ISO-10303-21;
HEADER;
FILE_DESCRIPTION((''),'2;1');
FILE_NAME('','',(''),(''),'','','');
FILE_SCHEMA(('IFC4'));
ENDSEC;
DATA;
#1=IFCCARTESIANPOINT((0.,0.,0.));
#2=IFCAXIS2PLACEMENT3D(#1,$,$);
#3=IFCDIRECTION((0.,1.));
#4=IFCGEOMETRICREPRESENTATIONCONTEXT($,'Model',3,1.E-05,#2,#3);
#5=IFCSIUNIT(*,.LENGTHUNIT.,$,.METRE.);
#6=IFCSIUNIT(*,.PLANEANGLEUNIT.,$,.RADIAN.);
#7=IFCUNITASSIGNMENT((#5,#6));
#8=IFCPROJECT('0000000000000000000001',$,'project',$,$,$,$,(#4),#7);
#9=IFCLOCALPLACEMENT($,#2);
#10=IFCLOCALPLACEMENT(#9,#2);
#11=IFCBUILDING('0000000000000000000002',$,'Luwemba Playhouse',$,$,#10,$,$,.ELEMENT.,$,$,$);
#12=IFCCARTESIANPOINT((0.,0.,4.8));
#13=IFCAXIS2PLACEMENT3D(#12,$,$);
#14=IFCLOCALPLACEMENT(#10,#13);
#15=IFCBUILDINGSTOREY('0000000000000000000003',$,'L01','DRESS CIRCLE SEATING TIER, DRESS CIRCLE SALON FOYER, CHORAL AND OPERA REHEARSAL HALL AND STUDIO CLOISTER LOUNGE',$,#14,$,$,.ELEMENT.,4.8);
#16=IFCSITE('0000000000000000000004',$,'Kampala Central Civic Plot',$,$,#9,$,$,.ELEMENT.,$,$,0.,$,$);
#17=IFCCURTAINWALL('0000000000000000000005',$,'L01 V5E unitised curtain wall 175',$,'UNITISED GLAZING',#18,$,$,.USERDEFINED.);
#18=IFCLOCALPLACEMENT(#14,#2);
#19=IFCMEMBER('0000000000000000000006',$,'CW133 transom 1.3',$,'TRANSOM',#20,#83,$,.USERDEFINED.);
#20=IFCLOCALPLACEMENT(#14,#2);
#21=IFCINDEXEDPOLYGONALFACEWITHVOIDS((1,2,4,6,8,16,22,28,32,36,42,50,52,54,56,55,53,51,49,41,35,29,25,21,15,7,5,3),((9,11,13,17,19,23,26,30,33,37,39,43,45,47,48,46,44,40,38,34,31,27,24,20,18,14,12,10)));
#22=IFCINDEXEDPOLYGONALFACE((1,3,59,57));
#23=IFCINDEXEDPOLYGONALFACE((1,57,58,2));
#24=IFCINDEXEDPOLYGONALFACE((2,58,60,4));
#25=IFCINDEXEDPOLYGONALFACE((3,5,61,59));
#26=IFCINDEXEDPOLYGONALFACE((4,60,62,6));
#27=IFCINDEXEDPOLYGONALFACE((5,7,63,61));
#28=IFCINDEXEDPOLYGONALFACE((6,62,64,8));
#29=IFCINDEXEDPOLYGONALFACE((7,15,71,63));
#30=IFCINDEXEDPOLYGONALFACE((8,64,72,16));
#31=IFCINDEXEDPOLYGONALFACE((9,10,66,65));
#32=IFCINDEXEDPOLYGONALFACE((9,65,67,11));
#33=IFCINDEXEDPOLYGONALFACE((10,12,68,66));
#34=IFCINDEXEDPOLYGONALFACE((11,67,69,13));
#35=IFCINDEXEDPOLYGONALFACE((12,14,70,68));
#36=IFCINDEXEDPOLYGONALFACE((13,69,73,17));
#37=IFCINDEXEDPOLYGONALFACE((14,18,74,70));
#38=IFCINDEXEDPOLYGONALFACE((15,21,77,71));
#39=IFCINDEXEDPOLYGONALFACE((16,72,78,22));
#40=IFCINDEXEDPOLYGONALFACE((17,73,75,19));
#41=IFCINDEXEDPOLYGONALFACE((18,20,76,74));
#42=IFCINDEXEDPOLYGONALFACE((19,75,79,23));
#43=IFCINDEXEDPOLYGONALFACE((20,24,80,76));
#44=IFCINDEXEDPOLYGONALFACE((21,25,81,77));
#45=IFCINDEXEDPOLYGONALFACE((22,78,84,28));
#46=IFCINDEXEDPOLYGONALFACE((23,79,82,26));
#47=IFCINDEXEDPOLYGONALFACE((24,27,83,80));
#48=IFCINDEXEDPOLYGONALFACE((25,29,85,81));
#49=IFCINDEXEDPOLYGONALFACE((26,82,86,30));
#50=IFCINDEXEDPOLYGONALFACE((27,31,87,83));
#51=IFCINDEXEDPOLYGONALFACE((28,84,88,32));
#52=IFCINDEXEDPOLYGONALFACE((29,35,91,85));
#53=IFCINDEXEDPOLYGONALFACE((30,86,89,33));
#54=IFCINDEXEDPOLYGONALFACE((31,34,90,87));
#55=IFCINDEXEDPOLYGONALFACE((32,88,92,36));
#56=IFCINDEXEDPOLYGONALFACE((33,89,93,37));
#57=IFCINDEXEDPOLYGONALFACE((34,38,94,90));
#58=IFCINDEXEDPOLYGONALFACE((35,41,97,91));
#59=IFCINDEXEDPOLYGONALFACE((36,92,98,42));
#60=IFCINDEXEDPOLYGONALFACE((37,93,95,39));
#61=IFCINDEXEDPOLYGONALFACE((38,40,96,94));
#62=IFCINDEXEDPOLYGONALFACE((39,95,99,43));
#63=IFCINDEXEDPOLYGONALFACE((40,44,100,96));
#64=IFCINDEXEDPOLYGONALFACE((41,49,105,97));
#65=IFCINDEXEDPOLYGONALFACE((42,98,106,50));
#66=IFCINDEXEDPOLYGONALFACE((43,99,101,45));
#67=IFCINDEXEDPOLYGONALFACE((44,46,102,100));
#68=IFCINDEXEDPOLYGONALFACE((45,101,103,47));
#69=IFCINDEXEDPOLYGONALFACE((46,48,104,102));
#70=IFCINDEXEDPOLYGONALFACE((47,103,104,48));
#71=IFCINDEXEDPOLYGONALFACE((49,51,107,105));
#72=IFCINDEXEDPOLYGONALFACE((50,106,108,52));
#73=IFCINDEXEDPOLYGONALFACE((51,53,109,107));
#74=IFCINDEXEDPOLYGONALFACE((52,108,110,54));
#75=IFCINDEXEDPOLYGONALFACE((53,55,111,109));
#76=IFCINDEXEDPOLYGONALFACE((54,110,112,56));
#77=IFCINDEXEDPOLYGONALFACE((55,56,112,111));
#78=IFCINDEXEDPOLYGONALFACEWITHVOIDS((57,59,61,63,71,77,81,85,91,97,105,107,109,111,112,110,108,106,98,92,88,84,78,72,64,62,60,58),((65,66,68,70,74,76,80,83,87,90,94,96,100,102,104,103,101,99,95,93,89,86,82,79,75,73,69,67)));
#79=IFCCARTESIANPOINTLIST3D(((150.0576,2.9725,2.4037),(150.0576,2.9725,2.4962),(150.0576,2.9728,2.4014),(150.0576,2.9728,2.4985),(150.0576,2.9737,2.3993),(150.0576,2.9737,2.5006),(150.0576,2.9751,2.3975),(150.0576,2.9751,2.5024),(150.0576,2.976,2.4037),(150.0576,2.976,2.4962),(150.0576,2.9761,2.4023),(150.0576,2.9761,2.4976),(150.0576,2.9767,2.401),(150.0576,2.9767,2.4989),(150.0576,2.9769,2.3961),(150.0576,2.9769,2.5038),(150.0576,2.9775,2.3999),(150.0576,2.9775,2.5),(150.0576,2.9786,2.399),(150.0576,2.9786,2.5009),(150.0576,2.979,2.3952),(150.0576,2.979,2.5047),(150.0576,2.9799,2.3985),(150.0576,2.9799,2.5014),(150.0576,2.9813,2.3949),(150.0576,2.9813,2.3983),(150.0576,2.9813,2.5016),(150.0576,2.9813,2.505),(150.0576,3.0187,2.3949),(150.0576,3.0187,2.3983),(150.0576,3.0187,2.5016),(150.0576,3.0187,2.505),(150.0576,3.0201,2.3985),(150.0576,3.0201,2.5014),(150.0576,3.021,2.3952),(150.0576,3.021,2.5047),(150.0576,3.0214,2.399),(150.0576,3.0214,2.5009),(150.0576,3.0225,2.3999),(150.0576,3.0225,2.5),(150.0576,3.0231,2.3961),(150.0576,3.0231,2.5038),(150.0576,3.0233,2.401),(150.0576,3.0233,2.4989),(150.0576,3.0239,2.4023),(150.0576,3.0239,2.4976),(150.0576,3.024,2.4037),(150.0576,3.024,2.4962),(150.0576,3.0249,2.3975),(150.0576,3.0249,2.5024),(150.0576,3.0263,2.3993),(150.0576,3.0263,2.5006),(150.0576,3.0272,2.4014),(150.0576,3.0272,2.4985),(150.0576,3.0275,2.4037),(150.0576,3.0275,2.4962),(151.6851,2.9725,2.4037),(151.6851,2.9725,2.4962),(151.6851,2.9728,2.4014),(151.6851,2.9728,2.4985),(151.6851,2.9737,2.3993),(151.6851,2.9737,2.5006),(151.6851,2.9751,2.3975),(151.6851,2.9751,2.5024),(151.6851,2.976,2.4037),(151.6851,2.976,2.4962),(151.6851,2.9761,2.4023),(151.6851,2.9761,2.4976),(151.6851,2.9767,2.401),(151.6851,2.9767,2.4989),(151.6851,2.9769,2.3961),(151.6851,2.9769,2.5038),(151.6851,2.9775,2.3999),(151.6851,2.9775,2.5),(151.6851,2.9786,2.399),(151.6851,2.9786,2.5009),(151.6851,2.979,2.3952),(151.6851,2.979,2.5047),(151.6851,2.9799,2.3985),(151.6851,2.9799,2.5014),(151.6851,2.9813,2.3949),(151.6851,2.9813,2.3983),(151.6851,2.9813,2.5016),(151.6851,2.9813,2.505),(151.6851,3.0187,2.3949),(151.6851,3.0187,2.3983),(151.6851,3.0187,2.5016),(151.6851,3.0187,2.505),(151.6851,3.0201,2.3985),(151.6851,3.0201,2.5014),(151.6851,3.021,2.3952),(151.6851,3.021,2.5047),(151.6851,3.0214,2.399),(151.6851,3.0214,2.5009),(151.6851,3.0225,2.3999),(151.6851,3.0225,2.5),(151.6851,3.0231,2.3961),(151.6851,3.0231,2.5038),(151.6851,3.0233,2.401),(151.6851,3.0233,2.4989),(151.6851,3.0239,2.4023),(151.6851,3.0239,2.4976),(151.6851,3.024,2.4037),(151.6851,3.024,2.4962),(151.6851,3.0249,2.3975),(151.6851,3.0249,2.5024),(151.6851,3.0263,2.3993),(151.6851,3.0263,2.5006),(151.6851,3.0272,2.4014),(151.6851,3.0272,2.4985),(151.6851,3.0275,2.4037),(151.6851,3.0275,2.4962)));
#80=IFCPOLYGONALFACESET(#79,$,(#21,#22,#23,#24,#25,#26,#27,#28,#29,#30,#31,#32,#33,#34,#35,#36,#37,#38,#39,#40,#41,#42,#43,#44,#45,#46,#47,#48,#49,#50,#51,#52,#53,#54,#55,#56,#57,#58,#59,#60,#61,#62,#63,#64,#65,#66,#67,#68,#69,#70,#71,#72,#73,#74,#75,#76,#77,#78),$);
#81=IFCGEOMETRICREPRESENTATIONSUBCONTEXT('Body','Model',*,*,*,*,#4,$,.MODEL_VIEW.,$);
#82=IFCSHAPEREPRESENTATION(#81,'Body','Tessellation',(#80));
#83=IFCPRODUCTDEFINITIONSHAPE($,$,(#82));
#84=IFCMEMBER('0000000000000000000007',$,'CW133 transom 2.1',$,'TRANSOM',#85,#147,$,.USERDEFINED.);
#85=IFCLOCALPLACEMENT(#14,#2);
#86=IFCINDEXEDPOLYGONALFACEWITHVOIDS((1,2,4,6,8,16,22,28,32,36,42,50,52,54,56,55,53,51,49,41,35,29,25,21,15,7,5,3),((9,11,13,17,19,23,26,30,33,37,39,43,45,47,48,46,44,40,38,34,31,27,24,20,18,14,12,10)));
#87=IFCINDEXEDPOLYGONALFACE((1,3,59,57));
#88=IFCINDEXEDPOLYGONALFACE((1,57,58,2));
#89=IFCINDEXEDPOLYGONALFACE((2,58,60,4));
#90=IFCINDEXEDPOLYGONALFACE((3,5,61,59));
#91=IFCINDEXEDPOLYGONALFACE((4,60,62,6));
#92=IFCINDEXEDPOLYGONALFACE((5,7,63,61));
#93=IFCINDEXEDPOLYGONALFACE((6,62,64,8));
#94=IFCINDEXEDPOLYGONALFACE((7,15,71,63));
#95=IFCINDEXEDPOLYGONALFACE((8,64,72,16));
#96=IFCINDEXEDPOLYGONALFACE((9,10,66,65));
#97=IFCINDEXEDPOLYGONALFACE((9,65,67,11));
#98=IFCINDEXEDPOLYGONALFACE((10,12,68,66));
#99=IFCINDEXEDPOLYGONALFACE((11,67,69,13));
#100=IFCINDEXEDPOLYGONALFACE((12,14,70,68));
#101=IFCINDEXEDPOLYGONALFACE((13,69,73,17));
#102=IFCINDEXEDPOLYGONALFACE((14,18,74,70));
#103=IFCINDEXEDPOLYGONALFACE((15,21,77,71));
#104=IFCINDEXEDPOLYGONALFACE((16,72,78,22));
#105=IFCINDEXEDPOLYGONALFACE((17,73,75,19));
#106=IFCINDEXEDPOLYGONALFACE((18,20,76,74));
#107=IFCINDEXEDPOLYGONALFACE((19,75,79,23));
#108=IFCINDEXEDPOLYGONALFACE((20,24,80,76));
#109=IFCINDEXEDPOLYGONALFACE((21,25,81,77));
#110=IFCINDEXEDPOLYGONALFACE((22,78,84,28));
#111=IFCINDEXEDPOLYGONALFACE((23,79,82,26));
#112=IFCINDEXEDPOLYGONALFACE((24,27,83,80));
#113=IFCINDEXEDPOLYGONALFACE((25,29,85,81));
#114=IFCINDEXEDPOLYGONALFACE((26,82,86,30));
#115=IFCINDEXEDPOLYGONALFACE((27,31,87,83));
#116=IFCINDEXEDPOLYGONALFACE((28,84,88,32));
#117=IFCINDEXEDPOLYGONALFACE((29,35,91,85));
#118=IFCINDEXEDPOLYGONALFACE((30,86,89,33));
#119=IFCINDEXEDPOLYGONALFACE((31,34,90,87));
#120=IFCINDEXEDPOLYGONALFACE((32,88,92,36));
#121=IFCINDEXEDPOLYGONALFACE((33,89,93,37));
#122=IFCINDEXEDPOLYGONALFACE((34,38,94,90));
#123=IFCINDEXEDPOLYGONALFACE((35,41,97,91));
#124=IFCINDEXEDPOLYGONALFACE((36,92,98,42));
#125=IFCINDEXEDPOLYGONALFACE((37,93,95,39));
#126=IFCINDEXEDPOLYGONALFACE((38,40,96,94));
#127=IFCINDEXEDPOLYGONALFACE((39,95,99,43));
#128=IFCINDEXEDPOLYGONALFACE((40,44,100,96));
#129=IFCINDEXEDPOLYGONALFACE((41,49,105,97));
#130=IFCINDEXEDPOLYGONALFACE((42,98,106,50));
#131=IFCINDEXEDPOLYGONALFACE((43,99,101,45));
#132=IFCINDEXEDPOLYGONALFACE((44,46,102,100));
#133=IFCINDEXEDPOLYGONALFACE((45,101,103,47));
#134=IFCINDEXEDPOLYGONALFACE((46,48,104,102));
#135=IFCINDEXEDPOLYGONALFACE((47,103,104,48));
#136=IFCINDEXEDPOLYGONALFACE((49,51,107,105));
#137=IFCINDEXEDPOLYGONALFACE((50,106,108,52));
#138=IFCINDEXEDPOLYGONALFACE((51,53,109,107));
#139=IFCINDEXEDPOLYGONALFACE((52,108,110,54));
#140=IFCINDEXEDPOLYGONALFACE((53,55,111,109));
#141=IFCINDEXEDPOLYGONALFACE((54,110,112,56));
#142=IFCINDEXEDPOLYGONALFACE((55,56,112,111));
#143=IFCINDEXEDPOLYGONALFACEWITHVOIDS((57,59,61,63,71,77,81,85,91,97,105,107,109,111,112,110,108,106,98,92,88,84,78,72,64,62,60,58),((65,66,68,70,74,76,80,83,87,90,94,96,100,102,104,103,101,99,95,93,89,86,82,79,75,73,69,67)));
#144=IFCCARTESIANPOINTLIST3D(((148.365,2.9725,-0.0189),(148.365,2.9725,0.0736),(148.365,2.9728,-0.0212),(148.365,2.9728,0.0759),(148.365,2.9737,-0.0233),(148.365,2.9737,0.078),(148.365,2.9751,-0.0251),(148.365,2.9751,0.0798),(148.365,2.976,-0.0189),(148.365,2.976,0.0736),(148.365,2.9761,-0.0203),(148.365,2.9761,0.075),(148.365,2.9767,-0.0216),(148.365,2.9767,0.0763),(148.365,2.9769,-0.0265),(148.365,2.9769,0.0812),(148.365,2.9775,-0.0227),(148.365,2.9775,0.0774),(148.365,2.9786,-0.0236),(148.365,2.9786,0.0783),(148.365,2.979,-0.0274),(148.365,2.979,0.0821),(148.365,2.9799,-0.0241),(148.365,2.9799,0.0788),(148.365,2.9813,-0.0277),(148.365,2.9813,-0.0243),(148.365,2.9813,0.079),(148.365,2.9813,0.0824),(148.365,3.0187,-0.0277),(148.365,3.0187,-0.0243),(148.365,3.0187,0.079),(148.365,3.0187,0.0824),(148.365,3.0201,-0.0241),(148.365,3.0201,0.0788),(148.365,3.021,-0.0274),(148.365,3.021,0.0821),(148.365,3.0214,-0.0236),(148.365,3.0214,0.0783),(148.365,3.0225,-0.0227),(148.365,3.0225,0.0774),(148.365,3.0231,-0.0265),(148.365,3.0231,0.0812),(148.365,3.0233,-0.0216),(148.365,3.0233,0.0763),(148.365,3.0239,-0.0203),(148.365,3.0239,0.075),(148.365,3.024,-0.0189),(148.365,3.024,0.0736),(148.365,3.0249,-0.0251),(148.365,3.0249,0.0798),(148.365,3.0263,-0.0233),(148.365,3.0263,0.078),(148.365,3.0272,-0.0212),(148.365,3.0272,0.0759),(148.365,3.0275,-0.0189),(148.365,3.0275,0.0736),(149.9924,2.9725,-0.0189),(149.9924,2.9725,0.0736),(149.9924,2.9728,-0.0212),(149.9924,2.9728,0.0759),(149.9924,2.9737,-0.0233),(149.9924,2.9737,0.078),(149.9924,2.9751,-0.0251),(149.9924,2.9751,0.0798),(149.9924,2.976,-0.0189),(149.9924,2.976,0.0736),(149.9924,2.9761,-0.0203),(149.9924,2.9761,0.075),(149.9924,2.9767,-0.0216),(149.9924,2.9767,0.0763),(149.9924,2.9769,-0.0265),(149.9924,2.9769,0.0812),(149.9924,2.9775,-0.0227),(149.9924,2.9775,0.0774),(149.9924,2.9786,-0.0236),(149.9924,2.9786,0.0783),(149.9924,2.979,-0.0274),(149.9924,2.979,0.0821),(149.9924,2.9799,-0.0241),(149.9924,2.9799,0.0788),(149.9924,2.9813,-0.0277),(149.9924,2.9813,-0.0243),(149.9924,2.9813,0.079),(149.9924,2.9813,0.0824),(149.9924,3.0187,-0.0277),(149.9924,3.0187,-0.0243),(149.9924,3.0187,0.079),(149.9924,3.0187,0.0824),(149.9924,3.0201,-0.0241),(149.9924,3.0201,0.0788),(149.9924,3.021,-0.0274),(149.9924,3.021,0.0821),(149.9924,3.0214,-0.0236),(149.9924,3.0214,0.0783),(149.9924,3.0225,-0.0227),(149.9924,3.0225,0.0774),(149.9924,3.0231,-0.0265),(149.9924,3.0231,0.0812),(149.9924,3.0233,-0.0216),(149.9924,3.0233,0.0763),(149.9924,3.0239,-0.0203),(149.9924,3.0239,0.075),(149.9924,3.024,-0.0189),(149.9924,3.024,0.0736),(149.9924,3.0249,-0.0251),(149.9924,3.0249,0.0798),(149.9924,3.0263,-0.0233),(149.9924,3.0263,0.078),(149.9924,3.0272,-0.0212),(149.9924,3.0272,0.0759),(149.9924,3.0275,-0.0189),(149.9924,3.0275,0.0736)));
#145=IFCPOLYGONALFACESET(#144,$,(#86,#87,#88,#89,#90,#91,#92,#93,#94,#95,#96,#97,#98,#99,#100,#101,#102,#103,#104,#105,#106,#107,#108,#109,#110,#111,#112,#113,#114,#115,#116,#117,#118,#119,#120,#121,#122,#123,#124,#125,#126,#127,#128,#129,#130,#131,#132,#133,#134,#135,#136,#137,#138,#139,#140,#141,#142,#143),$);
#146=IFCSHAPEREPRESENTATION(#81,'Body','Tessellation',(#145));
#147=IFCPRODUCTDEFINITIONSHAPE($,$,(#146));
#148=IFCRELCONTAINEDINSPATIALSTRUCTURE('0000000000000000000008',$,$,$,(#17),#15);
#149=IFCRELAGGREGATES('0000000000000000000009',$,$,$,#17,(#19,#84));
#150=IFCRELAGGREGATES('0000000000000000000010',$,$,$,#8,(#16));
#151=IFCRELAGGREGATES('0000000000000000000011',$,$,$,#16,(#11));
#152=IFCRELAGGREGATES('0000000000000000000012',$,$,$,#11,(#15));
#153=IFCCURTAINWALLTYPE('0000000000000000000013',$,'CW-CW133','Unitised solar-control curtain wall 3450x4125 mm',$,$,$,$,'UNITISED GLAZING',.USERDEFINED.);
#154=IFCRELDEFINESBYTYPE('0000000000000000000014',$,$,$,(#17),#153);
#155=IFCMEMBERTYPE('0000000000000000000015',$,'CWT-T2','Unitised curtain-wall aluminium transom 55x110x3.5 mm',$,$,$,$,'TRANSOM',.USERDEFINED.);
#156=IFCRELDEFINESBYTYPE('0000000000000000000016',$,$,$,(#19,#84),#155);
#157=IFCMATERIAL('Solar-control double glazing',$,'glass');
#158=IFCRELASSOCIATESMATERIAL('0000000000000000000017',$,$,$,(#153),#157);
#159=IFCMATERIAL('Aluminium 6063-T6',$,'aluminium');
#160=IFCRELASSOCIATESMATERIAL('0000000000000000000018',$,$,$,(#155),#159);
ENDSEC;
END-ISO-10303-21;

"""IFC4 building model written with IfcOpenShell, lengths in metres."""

from ifc_helpers import new_model, si_unit, direction, frame, origin, origin_2d, place, context, subcontext, project, spatial, hollow_rectangle, extrude, material, material_profile, profile_set, type_object, element, aggregate, save


model = new_model("IFC4")

# Units and contexts
model_context = context("Model", 3, precision=1e-05, world=origin(), true_north=direction((0.0, 1.0)))
body_context = subcontext(model_context, "Body", "Model", "MODEL_VIEW")
ifc_project = project(units=[si_unit("LENGTHUNIT", "METRE"), si_unit("PLANEANGLEUNIT", "RADIAN")], contexts=[model_context])

# Site, building, storey
site_placement = place(None, origin())
site = spatial("IfcSite", under=ifc_project, at=site_placement, Name="Kampala Central Civic Plot", CompositionType="ELEMENT", RefElevation=0.0)
building_placement = place(site_placement, origin())
building = spatial("IfcBuilding", under=site, at=building_placement, Name="Luwemba Playhouse", CompositionType="ELEMENT")
storey_placement = place(building_placement, frame((0.0, 0.0, 4.8)))
storey = spatial("IfcBuildingStorey", under=building, at=storey_placement, Name="L01", Description="DRESS CIRCLE SEATING TIER, DRESS CIRCLE SALON FOYER, CHORAL AND OPERA REHEARSAL HALL AND STUDIO CLOISTER LOUNGE", CompositionType="ELEMENT", Elevation=4.8)

# Curtain wall
ifc_material_1 = material(Name="Solar-control double glazing", Category="glass")
ifc_material_2 = material(Name="Aluminium 6063-T6", Category="aluminium")
curtain_wall_type_1 = type_object("IfcCurtainWallType", Name="CW-CW133", Description="Unitised solar-control curtain wall 3450x4125 mm", ElementType="UNITISED GLAZING", PredefinedType="USERDEFINED", material=ifc_material_1)
curtain_wall_1_placement = place(storey_placement, origin())
curtain_wall_1 = element("IfcCurtainWall", 1, at=curtain_wall_1_placement, inside=storey, type_object=curtain_wall_type_1, Name="L01 V5E unitised curtain wall 175", ObjectType="UNITISED GLAZING", PredefinedType="USERDEFINED")

# Members
ifc_material_profile_1 = material_profile(ifc_material_2, hollow_rectangle(XDim=0.0549, YDim=0.1101, WallThickness=0.0034, InnerFilletRadius=0.0054, OuterFilletRadius=0.0088, at=origin_2d()))
ifc_profile_set_1 = profile_set([ifc_material_profile_1], Name="Aluminium 6063-T6")
member_type_1 = type_object("IfcMemberType", Name="CWT-T2", Description="Unitised curtain-wall aluminium transom 55x110x3.5 mm", ElementType="TRANSOM", PredefinedType="USERDEFINED", material=ifc_profile_set_1)
member_1_placement = place(storey_placement, frame((151.6851, 3.0, 2.45), z_axis=(-1.0, 0.0, 0.0), x_axis=(0.0, -1.0, 0.0)))
member_1 = element("IfcMember", 2, at=member_1_placement, type_object=member_type_1, Name="CW133 transom 1.3", ObjectType="TRANSOM", PredefinedType="USERDEFINED", context=body_context, shape_type="SweptSolid", body=[
    extrude(hollow_rectangle(XDim=0.0549, YDim=0.1101, WallThickness=0.0034, InnerFilletRadius=0.0054, OuterFilletRadius=0.0088, at=origin_2d()), origin(), (0.0, 0.0, 1.0), 1.6274),
])
member_2_placement = place(storey_placement, frame((149.9924, 3.0, 0.0273), z_axis=(-1.0, 0.0, 0.0), x_axis=(0.0, -1.0, 0.0)))
member_2 = element("IfcMember", 3, at=member_2_placement, type_object=member_type_1, Name="CW133 transom 2.1", ObjectType="TRANSOM", PredefinedType="USERDEFINED", context=body_context, shape_type="SweptSolid", body=[
    extrude(hollow_rectangle(XDim=0.0549, YDim=0.1101, WallThickness=0.0034, InnerFilletRadius=0.0054, OuterFilletRadius=0.0088, at=origin_2d()), origin(), (0.0, 0.0, 1.0), 1.6274),
])

aggregate(curtain_wall_1, [member_1, member_2])

save(model, "model.ifc")
